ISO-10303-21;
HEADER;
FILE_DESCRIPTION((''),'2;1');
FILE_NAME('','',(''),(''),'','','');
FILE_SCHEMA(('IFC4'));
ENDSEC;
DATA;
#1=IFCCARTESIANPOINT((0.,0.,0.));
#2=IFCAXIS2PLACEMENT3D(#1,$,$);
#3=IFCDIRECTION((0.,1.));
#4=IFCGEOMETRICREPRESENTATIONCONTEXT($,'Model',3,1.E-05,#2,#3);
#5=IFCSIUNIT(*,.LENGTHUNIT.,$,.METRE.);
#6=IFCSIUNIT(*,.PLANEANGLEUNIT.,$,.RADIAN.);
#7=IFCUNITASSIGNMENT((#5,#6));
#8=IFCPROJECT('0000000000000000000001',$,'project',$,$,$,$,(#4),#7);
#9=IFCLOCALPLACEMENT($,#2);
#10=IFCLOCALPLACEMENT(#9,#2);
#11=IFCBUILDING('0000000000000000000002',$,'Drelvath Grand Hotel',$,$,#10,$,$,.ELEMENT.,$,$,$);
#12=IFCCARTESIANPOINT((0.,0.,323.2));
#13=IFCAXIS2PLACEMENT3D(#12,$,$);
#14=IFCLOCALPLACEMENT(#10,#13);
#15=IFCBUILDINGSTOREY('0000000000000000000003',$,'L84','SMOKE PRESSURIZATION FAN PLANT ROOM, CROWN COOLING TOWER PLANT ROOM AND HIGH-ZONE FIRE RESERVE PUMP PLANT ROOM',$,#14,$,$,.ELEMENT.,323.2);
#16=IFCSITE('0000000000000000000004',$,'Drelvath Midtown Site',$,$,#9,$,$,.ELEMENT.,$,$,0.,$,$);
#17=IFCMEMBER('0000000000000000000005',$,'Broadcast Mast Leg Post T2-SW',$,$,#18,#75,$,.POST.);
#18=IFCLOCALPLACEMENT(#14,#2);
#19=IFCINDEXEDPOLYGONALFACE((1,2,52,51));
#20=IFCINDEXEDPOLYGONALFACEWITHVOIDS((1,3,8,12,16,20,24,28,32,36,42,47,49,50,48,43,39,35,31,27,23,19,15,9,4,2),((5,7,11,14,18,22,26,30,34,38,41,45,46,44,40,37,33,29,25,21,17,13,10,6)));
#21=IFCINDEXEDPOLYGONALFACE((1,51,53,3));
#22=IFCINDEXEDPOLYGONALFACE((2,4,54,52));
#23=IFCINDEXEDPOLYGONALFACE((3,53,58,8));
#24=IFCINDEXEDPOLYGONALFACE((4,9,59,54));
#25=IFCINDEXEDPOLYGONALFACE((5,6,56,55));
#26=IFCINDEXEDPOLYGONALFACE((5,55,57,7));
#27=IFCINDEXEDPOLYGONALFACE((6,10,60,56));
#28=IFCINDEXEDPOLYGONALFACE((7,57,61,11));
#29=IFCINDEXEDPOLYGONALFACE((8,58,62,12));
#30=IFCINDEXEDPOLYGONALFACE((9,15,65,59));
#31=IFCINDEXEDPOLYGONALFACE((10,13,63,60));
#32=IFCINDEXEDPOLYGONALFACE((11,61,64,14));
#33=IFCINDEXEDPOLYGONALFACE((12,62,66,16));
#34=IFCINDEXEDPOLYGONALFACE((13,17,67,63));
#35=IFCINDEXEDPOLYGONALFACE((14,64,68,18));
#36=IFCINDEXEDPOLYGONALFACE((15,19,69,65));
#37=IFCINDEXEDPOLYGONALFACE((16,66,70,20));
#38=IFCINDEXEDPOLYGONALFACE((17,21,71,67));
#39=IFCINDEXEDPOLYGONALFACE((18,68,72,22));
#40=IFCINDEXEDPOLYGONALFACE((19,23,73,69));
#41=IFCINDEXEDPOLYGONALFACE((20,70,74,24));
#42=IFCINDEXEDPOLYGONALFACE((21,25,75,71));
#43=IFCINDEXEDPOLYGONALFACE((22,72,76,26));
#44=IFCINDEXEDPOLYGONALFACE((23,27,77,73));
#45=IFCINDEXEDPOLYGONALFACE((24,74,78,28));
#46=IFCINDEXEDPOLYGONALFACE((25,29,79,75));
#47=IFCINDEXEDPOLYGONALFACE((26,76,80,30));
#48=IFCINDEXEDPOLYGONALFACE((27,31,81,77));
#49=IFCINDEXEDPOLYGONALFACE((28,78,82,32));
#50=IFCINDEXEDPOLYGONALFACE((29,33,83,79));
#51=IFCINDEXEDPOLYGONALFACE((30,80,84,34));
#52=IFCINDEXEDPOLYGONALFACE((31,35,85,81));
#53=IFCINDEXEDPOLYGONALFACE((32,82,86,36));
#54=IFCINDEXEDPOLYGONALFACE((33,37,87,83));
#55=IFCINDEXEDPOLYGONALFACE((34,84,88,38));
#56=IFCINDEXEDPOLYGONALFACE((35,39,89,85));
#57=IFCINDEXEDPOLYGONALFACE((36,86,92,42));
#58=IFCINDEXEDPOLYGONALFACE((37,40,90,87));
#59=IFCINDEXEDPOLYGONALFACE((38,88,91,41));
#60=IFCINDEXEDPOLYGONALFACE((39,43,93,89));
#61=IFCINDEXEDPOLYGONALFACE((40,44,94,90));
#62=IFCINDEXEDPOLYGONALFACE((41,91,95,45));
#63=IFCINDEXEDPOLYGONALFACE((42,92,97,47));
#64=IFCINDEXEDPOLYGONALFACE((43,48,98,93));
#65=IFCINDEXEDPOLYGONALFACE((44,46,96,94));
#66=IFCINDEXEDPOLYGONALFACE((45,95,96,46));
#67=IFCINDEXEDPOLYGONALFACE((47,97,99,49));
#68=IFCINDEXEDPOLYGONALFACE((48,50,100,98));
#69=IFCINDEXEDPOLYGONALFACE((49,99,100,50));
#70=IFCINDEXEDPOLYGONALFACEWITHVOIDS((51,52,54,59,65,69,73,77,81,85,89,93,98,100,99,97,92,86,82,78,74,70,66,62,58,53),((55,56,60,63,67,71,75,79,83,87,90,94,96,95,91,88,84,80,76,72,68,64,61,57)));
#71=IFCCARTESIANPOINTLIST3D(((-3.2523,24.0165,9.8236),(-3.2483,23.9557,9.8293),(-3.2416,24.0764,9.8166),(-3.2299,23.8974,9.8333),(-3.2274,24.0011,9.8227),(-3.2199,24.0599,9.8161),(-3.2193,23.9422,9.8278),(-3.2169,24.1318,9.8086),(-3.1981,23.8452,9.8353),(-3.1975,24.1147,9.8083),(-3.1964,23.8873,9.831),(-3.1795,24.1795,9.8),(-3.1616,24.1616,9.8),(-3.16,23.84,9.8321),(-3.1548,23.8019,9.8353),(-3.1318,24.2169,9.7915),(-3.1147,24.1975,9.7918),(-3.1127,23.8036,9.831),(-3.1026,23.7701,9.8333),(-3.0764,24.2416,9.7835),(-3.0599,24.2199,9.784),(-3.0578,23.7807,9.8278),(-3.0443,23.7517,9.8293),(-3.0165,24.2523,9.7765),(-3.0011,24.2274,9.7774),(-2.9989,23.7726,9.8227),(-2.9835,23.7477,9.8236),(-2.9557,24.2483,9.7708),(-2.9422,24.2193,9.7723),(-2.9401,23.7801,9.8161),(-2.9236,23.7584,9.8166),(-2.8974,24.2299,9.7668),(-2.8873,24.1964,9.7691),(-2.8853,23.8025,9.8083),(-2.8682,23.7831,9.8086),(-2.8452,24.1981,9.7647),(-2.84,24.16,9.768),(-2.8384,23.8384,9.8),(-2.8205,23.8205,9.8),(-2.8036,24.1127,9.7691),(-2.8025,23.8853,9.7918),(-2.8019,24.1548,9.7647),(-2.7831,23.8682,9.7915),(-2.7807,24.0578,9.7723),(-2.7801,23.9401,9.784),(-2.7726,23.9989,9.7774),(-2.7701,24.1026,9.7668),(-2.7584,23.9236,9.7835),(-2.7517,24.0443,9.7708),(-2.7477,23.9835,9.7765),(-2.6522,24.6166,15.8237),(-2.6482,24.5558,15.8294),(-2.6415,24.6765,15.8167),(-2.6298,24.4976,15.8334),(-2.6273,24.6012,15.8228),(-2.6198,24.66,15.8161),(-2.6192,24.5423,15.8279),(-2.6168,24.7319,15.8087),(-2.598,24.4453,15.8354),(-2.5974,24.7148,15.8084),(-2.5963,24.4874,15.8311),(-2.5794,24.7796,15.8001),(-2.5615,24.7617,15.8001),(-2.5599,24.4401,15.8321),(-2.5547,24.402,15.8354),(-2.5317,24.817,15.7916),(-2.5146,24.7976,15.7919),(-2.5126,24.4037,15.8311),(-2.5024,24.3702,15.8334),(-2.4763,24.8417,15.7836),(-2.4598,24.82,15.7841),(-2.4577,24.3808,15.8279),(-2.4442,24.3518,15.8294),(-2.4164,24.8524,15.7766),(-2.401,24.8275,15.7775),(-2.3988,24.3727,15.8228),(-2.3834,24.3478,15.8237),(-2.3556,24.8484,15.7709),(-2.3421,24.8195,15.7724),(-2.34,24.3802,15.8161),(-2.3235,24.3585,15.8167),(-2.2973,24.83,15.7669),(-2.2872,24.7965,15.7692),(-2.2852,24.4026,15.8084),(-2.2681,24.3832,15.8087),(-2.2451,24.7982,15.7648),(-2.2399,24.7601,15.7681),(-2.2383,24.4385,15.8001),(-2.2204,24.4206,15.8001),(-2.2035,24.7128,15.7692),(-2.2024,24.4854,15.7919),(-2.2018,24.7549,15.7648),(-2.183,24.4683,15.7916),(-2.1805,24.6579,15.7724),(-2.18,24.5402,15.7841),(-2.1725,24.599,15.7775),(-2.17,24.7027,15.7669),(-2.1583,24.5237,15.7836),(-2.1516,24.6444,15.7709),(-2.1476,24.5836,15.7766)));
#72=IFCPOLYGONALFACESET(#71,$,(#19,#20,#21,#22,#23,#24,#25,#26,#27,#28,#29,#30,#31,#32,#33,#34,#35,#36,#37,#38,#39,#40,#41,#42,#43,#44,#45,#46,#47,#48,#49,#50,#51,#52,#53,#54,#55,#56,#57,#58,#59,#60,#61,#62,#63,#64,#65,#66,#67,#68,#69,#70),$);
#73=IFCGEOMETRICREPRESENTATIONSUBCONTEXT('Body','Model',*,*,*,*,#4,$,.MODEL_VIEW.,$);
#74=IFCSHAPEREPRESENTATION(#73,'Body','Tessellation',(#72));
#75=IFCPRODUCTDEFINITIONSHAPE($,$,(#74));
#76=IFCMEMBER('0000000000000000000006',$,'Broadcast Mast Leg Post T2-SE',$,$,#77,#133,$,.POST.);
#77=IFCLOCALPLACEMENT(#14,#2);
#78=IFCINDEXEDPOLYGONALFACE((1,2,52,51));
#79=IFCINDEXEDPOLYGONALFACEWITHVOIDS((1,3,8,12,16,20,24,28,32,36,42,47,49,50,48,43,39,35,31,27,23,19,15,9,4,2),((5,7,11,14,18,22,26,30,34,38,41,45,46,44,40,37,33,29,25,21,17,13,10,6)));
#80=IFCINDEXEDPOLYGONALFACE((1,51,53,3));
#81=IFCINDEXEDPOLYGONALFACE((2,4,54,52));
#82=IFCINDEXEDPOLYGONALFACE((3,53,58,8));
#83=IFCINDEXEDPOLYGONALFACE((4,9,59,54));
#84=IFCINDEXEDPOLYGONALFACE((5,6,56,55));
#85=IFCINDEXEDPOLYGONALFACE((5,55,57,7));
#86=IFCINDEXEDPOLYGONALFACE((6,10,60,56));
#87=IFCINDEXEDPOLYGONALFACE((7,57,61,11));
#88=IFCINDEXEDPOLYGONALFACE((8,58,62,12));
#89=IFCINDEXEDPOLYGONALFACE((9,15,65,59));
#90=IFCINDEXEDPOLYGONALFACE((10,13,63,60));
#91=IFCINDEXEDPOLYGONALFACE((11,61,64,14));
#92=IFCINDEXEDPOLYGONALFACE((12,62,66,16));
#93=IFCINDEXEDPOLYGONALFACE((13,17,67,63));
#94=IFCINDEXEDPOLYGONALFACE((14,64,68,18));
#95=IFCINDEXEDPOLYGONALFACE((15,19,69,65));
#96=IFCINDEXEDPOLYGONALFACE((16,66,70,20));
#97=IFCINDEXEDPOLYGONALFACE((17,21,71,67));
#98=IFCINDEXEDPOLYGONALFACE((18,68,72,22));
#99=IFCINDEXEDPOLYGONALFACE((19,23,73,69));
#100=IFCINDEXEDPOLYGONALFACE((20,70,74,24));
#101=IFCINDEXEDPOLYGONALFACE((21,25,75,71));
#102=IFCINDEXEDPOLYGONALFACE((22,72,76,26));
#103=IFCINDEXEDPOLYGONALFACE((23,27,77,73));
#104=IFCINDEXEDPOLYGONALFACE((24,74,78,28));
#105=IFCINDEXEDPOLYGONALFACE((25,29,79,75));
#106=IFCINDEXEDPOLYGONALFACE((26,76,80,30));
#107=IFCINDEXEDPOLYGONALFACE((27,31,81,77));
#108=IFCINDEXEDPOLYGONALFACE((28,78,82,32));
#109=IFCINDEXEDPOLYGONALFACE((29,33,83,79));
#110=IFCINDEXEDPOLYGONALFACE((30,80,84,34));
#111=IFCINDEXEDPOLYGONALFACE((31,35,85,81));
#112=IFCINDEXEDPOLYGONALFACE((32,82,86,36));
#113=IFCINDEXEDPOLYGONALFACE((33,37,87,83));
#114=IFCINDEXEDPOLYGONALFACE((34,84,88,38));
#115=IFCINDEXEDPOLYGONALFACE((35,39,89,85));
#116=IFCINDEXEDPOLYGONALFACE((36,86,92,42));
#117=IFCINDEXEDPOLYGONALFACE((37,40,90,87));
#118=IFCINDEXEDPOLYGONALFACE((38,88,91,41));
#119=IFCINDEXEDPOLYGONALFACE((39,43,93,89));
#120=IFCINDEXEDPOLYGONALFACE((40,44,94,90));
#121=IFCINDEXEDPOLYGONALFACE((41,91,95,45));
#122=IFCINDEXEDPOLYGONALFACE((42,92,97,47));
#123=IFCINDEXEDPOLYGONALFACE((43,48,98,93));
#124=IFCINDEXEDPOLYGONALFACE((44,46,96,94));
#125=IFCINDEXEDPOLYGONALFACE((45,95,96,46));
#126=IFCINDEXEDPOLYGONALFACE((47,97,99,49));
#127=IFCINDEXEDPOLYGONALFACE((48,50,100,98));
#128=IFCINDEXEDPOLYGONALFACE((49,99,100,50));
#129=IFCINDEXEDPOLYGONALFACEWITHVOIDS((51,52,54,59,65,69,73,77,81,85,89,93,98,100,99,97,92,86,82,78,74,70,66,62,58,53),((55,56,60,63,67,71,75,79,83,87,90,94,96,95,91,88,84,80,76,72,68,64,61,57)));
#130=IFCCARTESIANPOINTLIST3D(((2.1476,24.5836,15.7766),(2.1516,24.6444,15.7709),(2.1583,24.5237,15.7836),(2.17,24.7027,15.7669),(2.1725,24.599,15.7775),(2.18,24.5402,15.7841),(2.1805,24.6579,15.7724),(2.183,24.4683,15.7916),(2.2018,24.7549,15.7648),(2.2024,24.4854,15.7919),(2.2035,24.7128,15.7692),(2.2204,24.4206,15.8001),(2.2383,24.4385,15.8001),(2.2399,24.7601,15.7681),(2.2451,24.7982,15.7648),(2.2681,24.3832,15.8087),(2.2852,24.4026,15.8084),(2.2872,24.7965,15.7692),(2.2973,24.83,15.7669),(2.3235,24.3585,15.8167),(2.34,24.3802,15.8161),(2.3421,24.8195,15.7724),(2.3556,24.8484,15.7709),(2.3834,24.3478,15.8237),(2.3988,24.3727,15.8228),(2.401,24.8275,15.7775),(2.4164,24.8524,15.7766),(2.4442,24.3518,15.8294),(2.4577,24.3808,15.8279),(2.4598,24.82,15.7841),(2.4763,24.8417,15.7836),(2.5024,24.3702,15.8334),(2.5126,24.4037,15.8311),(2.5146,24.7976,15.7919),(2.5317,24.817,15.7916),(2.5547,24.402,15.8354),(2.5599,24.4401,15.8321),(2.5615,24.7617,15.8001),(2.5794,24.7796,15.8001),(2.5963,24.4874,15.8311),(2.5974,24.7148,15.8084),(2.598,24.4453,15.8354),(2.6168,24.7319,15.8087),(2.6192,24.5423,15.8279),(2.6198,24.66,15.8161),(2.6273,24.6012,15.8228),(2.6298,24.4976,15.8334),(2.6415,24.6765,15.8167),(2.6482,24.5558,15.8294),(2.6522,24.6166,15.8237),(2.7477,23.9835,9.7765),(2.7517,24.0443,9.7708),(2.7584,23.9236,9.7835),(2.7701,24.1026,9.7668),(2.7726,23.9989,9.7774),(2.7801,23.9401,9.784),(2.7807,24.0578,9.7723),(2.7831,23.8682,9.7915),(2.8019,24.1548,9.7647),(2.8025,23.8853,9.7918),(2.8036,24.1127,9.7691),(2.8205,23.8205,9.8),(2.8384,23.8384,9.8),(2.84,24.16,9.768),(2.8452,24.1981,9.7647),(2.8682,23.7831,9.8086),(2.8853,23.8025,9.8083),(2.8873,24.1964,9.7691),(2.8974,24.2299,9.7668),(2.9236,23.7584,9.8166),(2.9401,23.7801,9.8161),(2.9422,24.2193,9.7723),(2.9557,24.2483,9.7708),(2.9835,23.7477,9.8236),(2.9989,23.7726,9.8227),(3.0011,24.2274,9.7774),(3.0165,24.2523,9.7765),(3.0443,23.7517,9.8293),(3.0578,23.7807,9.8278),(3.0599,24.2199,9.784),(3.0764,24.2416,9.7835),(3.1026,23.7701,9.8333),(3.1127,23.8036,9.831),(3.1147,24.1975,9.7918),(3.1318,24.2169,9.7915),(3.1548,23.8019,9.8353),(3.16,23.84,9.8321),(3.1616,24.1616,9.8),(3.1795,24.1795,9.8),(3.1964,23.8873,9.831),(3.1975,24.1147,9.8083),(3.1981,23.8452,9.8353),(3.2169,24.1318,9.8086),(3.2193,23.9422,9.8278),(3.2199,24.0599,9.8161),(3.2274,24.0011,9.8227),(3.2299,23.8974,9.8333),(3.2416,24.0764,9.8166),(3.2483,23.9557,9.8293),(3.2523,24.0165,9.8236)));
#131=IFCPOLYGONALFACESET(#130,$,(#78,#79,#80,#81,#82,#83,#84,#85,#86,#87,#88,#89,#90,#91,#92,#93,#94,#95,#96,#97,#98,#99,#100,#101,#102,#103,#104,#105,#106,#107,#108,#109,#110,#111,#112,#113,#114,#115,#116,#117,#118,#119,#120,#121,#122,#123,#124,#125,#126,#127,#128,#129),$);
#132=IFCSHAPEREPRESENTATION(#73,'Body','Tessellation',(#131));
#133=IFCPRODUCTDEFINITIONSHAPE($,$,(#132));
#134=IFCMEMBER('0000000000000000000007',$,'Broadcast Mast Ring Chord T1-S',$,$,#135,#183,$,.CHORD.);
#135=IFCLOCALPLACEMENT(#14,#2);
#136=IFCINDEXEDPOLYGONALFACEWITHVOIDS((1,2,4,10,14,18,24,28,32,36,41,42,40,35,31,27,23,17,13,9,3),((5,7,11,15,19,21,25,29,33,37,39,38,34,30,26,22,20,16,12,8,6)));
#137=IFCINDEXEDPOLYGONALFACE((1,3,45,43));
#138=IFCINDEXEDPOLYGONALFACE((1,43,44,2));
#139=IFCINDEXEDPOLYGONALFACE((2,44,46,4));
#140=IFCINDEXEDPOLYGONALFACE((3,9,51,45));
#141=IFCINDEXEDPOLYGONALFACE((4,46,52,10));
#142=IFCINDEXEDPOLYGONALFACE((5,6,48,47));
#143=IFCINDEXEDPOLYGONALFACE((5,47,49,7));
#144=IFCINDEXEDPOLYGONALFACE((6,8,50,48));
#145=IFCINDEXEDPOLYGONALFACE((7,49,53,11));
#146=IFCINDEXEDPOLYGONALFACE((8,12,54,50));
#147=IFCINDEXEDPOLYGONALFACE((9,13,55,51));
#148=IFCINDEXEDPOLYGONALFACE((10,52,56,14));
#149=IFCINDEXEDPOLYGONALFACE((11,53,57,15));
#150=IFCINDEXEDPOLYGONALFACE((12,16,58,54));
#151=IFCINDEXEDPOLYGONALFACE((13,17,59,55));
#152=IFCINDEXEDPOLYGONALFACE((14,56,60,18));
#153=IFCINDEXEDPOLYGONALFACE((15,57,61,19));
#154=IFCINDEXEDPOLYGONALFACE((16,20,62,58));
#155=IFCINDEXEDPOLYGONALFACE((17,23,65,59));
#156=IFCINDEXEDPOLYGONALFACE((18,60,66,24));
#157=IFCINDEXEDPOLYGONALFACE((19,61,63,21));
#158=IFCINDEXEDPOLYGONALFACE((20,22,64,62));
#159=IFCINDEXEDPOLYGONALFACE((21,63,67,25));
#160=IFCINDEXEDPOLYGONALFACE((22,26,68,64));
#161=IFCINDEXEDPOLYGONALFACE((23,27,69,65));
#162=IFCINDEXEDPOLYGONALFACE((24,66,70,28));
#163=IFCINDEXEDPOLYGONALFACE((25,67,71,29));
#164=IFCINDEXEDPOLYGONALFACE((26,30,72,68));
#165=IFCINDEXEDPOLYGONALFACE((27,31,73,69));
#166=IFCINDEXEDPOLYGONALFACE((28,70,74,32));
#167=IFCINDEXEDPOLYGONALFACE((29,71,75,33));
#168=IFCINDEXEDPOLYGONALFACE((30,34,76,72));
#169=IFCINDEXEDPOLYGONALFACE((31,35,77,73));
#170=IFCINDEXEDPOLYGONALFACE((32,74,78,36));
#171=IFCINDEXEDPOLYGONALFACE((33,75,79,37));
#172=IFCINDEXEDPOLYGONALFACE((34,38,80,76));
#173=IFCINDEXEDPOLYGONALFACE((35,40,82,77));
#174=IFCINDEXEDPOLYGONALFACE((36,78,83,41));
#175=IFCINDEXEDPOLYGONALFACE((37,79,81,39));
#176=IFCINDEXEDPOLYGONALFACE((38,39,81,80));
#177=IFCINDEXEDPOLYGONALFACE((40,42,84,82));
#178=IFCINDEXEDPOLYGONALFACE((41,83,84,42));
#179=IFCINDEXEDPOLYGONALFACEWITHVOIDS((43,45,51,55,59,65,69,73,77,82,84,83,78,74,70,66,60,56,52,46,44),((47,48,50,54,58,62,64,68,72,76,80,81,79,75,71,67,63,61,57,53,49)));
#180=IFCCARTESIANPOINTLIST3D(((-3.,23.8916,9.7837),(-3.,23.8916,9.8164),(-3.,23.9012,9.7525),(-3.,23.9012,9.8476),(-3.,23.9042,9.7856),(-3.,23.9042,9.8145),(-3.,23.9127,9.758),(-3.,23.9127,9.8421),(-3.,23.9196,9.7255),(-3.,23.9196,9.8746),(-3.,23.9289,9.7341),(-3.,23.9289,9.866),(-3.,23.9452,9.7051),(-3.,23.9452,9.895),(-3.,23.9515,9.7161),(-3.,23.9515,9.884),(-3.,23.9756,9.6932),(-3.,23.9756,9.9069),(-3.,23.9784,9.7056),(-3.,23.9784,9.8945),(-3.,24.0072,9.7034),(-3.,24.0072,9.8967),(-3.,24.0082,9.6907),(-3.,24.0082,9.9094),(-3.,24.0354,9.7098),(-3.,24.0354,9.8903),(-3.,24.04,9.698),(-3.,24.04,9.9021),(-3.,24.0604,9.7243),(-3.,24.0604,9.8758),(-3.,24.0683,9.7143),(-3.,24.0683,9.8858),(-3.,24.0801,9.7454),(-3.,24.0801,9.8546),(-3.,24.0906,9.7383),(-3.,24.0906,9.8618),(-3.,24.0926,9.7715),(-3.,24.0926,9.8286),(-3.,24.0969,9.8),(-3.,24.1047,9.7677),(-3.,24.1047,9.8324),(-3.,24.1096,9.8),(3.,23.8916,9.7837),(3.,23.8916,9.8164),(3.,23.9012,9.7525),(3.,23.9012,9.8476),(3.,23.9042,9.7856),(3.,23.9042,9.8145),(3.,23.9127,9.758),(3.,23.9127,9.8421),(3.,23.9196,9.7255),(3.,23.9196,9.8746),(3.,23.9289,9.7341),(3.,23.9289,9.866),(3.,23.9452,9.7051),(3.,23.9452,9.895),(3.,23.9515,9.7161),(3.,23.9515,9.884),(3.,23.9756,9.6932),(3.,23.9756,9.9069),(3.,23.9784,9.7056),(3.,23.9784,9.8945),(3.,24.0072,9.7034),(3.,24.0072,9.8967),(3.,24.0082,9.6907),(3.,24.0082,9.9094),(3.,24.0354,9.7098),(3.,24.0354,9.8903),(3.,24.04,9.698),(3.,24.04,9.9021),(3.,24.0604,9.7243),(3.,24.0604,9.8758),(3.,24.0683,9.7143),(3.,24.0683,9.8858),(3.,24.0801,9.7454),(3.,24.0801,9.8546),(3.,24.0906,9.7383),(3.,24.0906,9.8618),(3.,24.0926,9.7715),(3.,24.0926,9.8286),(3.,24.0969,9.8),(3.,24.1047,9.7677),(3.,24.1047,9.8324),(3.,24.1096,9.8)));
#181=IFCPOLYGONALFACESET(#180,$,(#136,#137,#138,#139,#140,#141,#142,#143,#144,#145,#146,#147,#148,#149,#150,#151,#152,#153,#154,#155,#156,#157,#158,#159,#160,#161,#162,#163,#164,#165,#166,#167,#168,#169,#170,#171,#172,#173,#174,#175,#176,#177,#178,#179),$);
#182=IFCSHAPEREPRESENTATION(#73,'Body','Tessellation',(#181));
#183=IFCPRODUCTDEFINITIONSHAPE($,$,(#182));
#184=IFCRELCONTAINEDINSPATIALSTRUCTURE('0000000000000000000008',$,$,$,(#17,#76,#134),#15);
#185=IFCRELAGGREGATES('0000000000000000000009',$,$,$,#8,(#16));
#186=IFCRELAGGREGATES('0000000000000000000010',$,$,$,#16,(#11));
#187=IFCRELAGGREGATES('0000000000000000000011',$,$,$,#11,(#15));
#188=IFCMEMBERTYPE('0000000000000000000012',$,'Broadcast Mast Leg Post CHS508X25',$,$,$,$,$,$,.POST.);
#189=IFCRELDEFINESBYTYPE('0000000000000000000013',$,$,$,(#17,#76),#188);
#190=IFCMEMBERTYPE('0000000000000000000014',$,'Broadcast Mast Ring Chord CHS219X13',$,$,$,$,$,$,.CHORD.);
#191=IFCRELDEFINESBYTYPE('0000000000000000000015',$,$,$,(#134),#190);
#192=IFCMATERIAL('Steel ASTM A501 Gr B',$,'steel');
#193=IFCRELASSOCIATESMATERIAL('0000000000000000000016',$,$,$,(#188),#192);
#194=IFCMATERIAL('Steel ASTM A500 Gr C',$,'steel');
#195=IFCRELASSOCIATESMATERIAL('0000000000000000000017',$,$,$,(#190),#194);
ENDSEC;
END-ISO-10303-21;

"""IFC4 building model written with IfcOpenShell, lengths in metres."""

from ifc_helpers import new_model, si_unit, direction, frame, origin, origin_2d, place, context, subcontext, project, spatial, hollow_circle, extrude, material, material_profile, profile_set, type_object, element, save


model = new_model("IFC4")

# Units and contexts
model_context = context("Model", 3, precision=1e-05, world=origin(), true_north=direction((0.0, 1.0)))
body_context = subcontext(model_context, "Body", "Model", "MODEL_VIEW")
ifc_project = project(units=[si_unit("LENGTHUNIT", "METRE"), si_unit("PLANEANGLEUNIT", "RADIAN")], contexts=[model_context])

# Site, building, storey
site_placement = place(None, origin())
site = spatial("IfcSite", under=ifc_project, at=site_placement, Name="Drelvath Midtown Site", CompositionType="ELEMENT", RefElevation=0.0)
building_placement = place(site_placement, origin())
building = spatial("IfcBuilding", under=site, at=building_placement, Name="Drelvath Grand Hotel", CompositionType="ELEMENT")
storey_placement = place(building_placement, frame((0.0, 0.0, 323.2)))
storey = spatial("IfcBuildingStorey", under=building, at=storey_placement, Name="L84", Description="SMOKE PRESSURIZATION FAN PLANT ROOM, CROWN COOLING TOWER PLANT ROOM AND HIGH-ZONE FIRE RESERVE PUMP PLANT ROOM", CompositionType="ELEMENT", Elevation=323.2)

# Members
ifc_material_1 = material(Name="Steel ASTM A500 Gr C", Category="steel")
ifc_material_2 = material(Name="Steel ASTM A501 Gr B", Category="steel")
ifc_material_profile_1 = material_profile(ifc_material_2, hollow_circle(Radius=0.2539, WallThickness=0.0254, at=origin_2d()), Name="CHS508X25")
ifc_profile_set_1 = profile_set([ifc_material_profile_1], Name="Steel ASTM A501 Gr B")
member_type_1 = type_object("IfcMemberType", Name="Broadcast Mast Leg Post CHS508X25", PredefinedType="POST", material=ifc_profile_set_1)
for number, where, z_axis, x_axis, name in (
    (1, (-3.0, 24.0, 9.8), (0.099031, 0.099031, 0.990144), (-0.707107, 0.707107, 0.0), "Broadcast Mast Leg Post T2-SW"),
    (2, (3.0, 24.0, 9.8), (-0.099031, 0.099031, 0.990144), (-0.707107, -0.707107, 0.0), "Broadcast Mast Leg Post T2-SE"),
):
    element("IfcMember", number, at=place(storey_placement, frame(where, z_axis=z_axis, x_axis=x_axis)), inside=storey, type_object=member_type_1, Name=name, PredefinedType="POST", context=body_context, shape_type="SweptSolid", body=[
        extrude(hollow_circle(Radius=0.2539, WallThickness=0.0254, at=origin_2d()), origin(), (0.0, 0.0, 1.0), 6.0598),
    ])
ifc_material_profile_2 = material_profile(ifc_material_1, hollow_circle(Radius=0.1096, WallThickness=0.0127, at=origin_2d()), Name="CHS219X13")
ifc_profile_set_2 = profile_set([ifc_material_profile_2], Name="Steel ASTM A500 Gr C")
member_type_2 = type_object("IfcMemberType", Name="Broadcast Mast Ring Chord CHS219X13", PredefinedType="CHORD", material=ifc_profile_set_2)
for number, where, z_axis, x_axis, name in (
    (3, (-3.0, 24.0, 9.8), (1.0, 0.0, 0.0), (0.0, 1.0, 0.0), "Broadcast Mast Ring Chord T1-S"),
):
    element("IfcMember", number, at=place(storey_placement, frame(where, z_axis=z_axis, x_axis=x_axis)), inside=storey, type_object=member_type_2, Name=name, PredefinedType="CHORD", context=body_context, shape_type="SweptSolid", body=[
        extrude(hollow_circle(Radius=0.1096, WallThickness=0.0127, at=origin_2d()), origin(), (0.0, 0.0, 1.0), 6.0),
    ])

save(model, "model.ifc")
